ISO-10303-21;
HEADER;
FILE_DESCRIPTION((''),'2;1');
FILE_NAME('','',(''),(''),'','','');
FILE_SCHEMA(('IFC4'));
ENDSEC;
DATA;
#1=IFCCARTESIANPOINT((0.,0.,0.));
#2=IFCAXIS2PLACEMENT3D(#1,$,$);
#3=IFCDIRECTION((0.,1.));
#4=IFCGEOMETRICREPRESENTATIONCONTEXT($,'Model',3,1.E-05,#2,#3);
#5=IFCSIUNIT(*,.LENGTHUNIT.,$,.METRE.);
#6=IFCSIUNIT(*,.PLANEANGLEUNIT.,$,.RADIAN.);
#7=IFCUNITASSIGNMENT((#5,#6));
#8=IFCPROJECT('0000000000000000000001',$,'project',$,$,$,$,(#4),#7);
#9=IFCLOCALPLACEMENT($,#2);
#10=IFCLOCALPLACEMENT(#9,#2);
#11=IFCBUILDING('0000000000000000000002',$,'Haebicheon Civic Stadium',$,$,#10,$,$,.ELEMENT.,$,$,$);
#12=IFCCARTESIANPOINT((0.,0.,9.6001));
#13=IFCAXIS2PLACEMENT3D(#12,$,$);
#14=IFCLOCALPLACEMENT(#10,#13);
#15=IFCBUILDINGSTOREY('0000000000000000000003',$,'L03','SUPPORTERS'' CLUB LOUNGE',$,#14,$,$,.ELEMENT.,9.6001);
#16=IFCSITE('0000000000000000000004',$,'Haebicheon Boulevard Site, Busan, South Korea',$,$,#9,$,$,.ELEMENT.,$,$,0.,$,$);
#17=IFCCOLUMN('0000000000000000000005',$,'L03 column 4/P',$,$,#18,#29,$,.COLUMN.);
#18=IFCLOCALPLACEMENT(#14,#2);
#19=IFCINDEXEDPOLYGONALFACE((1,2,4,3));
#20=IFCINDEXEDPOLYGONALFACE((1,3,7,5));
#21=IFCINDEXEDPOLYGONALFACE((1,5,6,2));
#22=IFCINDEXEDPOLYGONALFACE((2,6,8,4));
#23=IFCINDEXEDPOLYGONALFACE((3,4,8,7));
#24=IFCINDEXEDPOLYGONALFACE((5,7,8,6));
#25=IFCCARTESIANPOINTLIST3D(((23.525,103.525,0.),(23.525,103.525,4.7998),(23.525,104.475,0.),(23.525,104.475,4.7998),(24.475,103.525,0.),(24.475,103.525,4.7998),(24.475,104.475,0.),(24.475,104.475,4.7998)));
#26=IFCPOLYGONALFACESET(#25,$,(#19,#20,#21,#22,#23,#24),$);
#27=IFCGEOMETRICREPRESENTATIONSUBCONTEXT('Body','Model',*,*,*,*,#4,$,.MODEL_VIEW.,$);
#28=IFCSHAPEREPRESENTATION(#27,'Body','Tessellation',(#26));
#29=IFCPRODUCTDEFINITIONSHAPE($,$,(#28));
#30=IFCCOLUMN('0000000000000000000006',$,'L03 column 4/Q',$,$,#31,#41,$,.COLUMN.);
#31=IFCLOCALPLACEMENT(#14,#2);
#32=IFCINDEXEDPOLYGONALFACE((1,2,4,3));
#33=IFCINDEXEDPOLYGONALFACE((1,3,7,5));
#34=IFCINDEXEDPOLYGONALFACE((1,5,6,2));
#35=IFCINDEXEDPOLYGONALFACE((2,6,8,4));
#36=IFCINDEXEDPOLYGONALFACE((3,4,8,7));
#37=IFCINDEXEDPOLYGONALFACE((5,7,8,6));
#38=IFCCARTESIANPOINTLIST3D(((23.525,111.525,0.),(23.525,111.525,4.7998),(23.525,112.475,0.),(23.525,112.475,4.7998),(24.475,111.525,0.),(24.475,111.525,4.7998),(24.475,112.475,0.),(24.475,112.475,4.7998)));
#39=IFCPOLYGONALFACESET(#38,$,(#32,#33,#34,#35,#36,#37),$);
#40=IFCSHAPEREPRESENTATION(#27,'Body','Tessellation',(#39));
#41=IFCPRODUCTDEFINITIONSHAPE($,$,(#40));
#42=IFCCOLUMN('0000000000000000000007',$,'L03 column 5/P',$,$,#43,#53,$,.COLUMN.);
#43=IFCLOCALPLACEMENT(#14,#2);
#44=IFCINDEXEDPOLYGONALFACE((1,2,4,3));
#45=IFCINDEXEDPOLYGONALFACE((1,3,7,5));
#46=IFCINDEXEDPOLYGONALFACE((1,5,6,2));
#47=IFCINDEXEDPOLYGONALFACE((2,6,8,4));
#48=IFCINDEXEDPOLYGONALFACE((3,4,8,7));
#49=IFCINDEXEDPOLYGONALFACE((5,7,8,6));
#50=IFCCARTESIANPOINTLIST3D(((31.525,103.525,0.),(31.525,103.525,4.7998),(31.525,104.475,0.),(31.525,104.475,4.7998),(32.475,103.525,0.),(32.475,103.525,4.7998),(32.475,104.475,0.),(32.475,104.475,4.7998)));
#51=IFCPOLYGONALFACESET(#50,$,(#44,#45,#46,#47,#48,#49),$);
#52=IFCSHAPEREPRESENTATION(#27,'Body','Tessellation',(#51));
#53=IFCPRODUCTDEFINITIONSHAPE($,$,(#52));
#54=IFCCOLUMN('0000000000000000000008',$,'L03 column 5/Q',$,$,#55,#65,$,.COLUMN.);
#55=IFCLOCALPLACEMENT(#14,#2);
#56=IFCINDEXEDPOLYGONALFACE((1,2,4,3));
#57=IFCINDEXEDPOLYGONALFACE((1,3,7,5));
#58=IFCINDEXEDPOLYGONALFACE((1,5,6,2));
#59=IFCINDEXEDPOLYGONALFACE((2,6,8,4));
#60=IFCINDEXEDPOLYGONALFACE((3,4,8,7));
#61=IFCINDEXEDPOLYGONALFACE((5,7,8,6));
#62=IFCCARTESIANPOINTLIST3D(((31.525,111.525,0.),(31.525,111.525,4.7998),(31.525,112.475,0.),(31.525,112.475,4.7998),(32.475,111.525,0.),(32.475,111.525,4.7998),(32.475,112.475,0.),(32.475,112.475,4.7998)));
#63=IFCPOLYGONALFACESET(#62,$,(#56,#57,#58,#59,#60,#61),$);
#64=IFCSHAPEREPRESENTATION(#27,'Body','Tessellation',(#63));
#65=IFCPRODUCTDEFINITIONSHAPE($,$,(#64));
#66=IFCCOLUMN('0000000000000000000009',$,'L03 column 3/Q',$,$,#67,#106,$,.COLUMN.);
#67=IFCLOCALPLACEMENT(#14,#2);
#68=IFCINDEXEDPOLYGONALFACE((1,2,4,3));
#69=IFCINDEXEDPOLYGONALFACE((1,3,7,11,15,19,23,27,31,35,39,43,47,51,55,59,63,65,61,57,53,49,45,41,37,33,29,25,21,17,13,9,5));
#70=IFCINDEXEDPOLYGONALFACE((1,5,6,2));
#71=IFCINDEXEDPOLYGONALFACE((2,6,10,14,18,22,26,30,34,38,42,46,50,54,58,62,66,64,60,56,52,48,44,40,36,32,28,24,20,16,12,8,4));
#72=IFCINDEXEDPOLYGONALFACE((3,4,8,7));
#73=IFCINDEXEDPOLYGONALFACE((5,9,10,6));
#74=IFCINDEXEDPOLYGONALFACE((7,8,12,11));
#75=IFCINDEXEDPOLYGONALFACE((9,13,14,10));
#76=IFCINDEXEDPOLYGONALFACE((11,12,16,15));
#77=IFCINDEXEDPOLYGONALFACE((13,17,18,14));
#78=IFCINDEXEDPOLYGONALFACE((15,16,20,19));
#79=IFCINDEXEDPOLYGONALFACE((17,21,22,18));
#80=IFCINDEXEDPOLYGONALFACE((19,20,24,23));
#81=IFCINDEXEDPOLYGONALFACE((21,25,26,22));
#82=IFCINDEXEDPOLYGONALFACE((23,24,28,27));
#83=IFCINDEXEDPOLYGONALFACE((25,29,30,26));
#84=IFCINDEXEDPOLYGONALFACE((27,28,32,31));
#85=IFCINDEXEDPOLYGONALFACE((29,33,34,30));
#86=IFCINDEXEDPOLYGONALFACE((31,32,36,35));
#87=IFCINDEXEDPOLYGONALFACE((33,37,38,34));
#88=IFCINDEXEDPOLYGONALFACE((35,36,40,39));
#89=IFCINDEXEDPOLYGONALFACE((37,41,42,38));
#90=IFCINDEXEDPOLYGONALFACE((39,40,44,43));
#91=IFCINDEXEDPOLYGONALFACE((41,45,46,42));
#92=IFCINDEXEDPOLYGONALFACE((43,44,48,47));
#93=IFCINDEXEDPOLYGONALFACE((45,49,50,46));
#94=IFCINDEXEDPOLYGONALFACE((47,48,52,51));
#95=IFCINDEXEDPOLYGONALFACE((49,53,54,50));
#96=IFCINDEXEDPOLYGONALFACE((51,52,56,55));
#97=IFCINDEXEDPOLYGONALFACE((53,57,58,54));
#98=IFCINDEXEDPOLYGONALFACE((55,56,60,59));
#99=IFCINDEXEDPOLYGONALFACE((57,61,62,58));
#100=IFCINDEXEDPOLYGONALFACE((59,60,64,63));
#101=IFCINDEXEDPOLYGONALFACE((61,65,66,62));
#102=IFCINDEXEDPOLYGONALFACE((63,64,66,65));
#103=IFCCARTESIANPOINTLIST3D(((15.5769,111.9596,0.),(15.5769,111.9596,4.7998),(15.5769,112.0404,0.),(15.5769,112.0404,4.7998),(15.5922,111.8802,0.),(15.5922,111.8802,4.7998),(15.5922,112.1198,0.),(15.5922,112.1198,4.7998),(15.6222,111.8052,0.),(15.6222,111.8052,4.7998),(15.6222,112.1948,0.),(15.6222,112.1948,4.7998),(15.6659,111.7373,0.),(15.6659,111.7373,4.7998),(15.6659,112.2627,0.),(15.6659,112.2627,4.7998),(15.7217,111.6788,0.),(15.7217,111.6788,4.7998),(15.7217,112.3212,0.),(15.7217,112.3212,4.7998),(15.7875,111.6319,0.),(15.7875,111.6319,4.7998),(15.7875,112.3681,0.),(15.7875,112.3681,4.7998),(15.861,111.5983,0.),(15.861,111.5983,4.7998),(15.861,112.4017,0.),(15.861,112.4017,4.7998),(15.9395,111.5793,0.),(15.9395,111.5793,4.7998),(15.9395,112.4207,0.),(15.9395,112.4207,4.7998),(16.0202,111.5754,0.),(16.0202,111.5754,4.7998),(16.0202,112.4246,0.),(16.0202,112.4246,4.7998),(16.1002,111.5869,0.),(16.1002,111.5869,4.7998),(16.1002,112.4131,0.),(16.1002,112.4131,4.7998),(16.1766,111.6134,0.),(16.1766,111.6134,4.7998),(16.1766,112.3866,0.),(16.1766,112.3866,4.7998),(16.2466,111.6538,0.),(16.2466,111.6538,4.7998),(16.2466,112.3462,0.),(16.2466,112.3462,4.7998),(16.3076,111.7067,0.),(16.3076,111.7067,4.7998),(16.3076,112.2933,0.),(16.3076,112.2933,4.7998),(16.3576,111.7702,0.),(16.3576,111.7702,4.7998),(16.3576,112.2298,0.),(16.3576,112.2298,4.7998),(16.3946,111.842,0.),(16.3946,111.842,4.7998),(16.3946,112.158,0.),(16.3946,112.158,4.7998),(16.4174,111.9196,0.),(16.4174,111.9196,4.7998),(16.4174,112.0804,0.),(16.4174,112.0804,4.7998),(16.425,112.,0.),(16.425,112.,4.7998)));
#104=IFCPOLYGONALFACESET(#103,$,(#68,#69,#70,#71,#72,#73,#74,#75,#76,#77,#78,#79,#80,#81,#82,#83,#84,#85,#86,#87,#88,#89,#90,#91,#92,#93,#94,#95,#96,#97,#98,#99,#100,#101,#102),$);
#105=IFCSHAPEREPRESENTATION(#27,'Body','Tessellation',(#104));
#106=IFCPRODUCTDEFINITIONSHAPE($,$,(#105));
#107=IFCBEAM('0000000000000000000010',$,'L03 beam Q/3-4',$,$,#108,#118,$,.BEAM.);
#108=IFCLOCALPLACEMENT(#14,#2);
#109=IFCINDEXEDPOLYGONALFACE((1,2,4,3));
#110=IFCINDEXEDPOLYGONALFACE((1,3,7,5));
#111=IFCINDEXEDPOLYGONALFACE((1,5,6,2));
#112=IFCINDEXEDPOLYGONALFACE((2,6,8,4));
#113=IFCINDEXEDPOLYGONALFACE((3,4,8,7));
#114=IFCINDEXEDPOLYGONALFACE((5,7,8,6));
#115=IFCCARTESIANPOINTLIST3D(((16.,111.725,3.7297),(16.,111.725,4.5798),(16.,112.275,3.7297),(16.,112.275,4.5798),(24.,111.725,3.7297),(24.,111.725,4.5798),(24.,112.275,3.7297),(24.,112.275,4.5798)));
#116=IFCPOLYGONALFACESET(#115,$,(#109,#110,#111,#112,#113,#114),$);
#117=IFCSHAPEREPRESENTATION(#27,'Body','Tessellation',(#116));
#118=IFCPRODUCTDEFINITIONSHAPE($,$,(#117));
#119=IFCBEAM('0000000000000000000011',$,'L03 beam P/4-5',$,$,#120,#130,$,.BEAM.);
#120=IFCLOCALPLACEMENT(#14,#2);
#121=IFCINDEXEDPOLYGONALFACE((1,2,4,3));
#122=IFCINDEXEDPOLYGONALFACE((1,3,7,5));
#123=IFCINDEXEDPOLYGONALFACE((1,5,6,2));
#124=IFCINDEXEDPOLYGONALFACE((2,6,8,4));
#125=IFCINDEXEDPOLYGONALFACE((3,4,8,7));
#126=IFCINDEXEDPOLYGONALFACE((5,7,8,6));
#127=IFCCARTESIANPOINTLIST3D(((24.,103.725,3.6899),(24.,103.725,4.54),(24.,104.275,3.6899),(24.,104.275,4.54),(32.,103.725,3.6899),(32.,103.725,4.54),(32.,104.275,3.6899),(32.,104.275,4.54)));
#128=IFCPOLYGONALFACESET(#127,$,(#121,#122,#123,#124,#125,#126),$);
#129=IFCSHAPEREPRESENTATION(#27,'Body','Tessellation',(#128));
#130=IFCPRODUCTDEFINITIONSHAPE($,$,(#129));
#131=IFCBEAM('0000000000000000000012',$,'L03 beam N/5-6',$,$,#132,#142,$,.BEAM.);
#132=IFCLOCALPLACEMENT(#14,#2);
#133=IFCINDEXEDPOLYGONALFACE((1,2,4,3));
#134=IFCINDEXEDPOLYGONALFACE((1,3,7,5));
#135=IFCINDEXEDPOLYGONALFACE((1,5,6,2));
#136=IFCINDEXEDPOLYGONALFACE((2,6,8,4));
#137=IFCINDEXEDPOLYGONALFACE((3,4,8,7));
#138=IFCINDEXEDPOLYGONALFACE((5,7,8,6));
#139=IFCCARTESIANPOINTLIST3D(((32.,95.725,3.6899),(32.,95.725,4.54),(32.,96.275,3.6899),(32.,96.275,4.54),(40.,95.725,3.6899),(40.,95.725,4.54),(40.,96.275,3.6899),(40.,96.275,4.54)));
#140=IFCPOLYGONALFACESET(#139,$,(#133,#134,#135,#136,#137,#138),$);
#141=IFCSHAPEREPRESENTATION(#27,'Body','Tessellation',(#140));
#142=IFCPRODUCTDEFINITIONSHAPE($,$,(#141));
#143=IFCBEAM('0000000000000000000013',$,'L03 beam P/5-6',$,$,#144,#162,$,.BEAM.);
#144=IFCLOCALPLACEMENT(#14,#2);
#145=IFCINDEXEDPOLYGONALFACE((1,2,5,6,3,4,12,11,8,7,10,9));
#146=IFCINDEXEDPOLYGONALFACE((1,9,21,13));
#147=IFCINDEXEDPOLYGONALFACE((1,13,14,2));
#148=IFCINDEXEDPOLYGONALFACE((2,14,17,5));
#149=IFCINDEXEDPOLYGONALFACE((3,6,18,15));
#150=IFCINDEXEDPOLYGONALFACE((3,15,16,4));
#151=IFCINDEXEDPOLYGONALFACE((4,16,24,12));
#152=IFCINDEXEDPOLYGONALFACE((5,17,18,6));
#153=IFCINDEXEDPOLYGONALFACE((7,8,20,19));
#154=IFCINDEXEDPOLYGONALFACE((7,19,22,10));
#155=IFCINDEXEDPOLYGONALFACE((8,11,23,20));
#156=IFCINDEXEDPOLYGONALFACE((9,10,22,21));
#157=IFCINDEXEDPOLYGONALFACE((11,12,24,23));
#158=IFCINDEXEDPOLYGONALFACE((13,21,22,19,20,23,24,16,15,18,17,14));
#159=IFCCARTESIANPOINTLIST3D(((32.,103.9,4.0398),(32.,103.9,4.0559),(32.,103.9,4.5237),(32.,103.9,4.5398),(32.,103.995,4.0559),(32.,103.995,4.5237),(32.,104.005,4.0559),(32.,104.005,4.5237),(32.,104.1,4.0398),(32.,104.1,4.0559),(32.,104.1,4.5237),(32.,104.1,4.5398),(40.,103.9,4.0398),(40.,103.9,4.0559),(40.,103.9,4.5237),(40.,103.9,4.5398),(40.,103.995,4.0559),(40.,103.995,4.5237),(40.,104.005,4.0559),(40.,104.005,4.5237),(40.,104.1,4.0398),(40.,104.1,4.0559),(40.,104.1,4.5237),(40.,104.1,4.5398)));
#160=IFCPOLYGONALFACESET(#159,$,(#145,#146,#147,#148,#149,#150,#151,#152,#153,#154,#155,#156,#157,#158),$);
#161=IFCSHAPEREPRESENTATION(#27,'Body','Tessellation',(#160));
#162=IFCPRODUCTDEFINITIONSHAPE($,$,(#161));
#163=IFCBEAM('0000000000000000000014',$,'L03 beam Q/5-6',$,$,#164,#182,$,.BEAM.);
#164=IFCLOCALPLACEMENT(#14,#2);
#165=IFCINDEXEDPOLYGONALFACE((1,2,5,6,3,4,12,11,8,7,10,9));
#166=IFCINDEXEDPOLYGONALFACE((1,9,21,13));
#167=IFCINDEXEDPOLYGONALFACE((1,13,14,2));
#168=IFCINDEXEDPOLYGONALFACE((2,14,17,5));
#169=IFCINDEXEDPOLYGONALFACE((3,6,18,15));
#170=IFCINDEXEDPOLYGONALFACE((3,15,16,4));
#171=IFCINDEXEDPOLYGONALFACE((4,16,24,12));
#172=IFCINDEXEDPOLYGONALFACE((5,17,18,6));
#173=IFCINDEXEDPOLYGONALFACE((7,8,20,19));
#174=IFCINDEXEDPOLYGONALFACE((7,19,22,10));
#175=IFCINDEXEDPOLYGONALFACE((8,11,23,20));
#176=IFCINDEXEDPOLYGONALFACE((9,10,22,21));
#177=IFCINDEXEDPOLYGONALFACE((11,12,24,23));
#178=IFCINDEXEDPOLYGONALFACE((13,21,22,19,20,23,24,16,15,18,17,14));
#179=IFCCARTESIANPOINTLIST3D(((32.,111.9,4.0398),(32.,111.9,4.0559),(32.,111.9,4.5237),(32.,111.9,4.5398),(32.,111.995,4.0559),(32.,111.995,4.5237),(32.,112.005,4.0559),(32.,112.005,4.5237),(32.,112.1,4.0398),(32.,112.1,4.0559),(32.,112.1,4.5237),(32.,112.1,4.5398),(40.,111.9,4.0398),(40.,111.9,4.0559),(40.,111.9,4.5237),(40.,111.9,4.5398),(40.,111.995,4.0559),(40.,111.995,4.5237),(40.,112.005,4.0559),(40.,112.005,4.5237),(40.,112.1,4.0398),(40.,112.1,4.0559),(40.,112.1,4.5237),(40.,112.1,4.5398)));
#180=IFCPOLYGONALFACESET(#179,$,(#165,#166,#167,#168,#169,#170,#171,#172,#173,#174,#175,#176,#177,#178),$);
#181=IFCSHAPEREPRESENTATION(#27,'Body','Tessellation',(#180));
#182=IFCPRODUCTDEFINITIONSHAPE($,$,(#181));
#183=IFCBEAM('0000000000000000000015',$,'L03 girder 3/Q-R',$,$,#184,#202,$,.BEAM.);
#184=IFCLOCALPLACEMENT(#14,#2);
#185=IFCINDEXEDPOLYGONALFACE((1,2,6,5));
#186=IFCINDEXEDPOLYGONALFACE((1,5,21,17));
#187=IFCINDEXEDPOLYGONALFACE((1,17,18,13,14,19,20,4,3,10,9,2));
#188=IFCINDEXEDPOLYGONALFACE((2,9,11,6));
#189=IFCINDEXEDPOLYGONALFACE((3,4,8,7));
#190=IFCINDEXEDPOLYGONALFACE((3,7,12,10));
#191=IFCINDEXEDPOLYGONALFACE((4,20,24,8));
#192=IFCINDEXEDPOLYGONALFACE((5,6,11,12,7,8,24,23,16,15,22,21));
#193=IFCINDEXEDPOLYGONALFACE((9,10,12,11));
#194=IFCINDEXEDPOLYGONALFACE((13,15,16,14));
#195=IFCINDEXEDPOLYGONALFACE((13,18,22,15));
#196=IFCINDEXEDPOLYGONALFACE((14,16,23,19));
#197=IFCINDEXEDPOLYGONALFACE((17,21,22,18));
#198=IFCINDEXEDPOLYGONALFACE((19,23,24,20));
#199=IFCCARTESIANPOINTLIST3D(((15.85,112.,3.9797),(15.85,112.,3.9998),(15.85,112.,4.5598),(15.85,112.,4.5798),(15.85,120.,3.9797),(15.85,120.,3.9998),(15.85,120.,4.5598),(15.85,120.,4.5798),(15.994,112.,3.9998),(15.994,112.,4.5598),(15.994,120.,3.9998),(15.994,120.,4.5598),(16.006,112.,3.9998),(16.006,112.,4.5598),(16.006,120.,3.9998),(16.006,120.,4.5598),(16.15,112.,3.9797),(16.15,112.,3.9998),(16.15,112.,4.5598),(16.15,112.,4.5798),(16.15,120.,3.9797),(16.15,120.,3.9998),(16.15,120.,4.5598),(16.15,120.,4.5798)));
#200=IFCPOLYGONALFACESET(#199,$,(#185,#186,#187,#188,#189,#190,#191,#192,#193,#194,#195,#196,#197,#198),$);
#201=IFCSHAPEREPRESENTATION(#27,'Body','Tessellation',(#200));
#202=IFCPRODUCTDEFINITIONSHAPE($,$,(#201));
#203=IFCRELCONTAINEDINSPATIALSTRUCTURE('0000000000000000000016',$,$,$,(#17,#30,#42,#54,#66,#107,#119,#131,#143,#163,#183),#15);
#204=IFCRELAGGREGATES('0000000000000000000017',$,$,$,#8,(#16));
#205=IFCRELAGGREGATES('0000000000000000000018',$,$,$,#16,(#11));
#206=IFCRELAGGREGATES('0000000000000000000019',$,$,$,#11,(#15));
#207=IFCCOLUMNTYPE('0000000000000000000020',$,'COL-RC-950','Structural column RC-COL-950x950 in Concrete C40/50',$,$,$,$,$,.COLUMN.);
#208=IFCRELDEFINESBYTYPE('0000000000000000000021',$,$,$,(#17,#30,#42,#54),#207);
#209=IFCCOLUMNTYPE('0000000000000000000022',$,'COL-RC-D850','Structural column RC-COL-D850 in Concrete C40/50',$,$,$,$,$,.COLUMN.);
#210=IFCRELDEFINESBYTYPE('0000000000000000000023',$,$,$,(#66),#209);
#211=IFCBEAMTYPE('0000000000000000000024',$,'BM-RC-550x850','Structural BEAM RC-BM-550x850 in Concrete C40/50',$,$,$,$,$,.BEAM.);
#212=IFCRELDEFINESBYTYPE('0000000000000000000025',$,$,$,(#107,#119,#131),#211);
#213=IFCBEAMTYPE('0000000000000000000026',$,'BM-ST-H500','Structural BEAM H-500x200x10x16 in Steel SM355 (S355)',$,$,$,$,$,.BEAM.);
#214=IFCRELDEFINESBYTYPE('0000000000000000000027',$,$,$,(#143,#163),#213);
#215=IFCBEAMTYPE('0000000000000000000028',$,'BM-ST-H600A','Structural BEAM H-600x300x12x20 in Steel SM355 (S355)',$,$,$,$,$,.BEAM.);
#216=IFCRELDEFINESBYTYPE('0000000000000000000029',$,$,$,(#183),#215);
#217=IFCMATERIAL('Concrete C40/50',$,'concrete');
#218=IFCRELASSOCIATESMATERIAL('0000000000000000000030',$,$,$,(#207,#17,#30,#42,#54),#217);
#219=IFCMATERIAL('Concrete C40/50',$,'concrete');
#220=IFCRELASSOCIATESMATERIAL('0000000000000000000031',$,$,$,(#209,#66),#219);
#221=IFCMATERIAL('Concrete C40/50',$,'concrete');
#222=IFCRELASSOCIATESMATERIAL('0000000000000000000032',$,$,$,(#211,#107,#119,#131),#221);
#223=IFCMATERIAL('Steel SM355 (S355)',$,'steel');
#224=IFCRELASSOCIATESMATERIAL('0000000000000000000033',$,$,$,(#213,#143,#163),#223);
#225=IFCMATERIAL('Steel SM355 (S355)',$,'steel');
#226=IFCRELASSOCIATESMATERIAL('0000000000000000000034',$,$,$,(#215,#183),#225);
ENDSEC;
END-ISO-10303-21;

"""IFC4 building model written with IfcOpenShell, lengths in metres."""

from ifc_helpers import new_model, si_unit, direction, frame, origin, origin_2d, place, context, subcontext, project, spatial, rectangle, circle, i_section, extrude, material, material_profile, profile_set, type_object, element, save


model = new_model("IFC4")

# Units and contexts
model_context = context("Model", 3, precision=1e-05, world=origin(), true_north=direction((0.0, 1.0)))
body_context = subcontext(model_context, "Body", "Model", "MODEL_VIEW")
ifc_project = project(units=[si_unit("LENGTHUNIT", "METRE"), si_unit("PLANEANGLEUNIT", "RADIAN")], contexts=[model_context])

# Site, building, storey
site_placement = place(None, origin())
site = spatial("IfcSite", under=ifc_project, at=site_placement, Name="Haebicheon Boulevard Site, Busan, South Korea", CompositionType="ELEMENT", RefElevation=0.0)
building_placement = place(site_placement, origin())
building = spatial("IfcBuilding", under=site, at=building_placement, Name="Haebicheon Civic Stadium", CompositionType="ELEMENT")
storey_placement = place(building_placement, frame((0.0, 0.0, 9.6001)))
storey = spatial("IfcBuildingStorey", under=building, at=storey_placement, Name="L03", Description="SUPPORTERS' CLUB LOUNGE", CompositionType="ELEMENT", Elevation=9.6001)

# Columns
ifc_material_1 = material(Name="Concrete C40/50", Category="concrete")
ifc_material_profile_1 = material_profile(ifc_material_1, rectangle(XDim=0.95, YDim=0.95, at=origin_2d()), Name="RC-COL-950x950")
ifc_profile_set_1 = profile_set([ifc_material_profile_1], Name="Concrete C40/50")
column_type_1 = type_object("IfcColumnType", Name="COL-RC-950", Description="Structural column RC-COL-950x950 in Concrete C40/50", PredefinedType="COLUMN", material=ifc_profile_set_1)
for number, where, z_axis, x_axis, name in (
    (1, (24.0, 104.0, 0.0), (0.0, 0.0, 1.0), (1.0, 0.0, 0.0), "L03 column 4/P"),
    (2, (24.0, 112.0, 0.0), (0.0, 0.0, 1.0), (1.0, 0.0, 0.0), "L03 column 4/Q"),
    (3, (32.0, 104.0, 0.0), (0.0, 0.0, 1.0), (1.0, 0.0, 0.0), "L03 column 5/P"),
    (4, (32.0, 112.0, 0.0), (0.0, 0.0, 1.0), (1.0, 0.0, 0.0), "L03 column 5/Q"),
):
    element("IfcColumn", number, at=place(storey_placement, frame(where, z_axis=z_axis, x_axis=x_axis)), inside=storey, type_object=column_type_1, material=ifc_profile_set_1, Name=name, PredefinedType="COLUMN", context=body_context, shape_type="SweptSolid", body=[
        extrude(rectangle(XDim=0.95, YDim=0.95, at=origin_2d()), origin(), (0.0, 0.0, 1.0), 4.7998),
    ])
ifc_material_2 = material(Name="Concrete C40/50", Category="concrete")
ifc_material_profile_2 = material_profile(ifc_material_2, circle(Radius=0.425, at=origin_2d()), Name="RC-COL-D850")
ifc_profile_set_2 = profile_set([ifc_material_profile_2], Name="Concrete C40/50")
column_type_2 = type_object("IfcColumnType", Name="COL-RC-D850", Description="Structural column RC-COL-D850 in Concrete C40/50", PredefinedType="COLUMN", material=ifc_profile_set_2)
column_placement = place(storey_placement, frame((16.0, 112.0, 0.0), z_axis=(0.0, 0.0, 1.0), x_axis=(1.0, 0.0, 0.0)))
element("IfcColumn", 5, at=column_placement, inside=storey, type_object=column_type_2, material=ifc_profile_set_2, Name="L03 column 3/Q", PredefinedType="COLUMN", context=body_context, shape_type="SweptSolid", body=[
    extrude(circle(Radius=0.425, at=origin_2d()), origin(), (0.0, 0.0, 1.0), 4.7998),
])

# Beams
ifc_material_3 = material(Name="Concrete C40/50", Category="concrete")
ifc_material_profile_3 = material_profile(ifc_material_3, rectangle(XDim=0.55, YDim=0.8501, at=origin_2d()), Name="RC-BM-550x850")
ifc_profile_set_3 = profile_set([ifc_material_profile_3], Name="Concrete C40/50")
beam_type_1 = type_object("IfcBeamType", Name="BM-RC-550x850", Description="Structural BEAM RC-BM-550x850 in Concrete C40/50", PredefinedType="BEAM", material=ifc_profile_set_3)
for number, where, z_axis, x_axis, name in (
    (6, (16.0, 112.0, 4.1548), (1.0, 0.0, 0.0), (0.0, 1.0, 0.0), "L03 beam Q/3-4"),
    (7, (24.0, 104.0, 4.115), (1.0, 0.0, 0.0), (0.0, 1.0, 0.0), "L03 beam P/4-5"),
    (8, (32.0, 96.0, 4.115), (1.0, 0.0, 0.0), (0.0, 1.0, 0.0), "L03 beam N/5-6"),
):
    element("IfcBeam", number, at=place(storey_placement, frame(where, z_axis=z_axis, x_axis=x_axis)), inside=storey, type_object=beam_type_1, material=ifc_profile_set_3, Name=name, PredefinedType="BEAM", context=body_context, shape_type="SweptSolid", body=[
        extrude(rectangle(XDim=0.55, YDim=0.8501, at=origin_2d()), origin(), (0.0, 0.0, 1.0), 8.0),
    ])
ifc_material_4 = material(Name="Steel SM355 (S355)", Category="steel")
ifc_material_profile_4 = material_profile(ifc_material_4, i_section(OverallWidth=0.2, OverallDepth=0.5, WebThickness=0.01, FlangeThickness=0.0161, at=origin_2d()), Name="H-500x200x10x16")
ifc_profile_set_4 = profile_set([ifc_material_profile_4], Name="Steel SM355 (S355)")
beam_type_2 = type_object("IfcBeamType", Name="BM-ST-H500", Description="Structural BEAM H-500x200x10x16 in Steel SM355 (S355)", PredefinedType="BEAM", material=ifc_profile_set_4)
for number, where, z_axis, x_axis, name in (
    (9, (32.0, 104.0, 4.2898), (1.0, 0.0, 0.0), (0.0, 1.0, 0.0), "L03 beam P/5-6"),
    (10, (32.0, 112.0, 4.2898), (1.0, 0.0, 0.0), (0.0, 1.0, 0.0), "L03 beam Q/5-6"),
):
    element("IfcBeam", number, at=place(storey_placement, frame(where, z_axis=z_axis, x_axis=x_axis)), inside=storey, type_object=beam_type_2, material=ifc_profile_set_4, Name=name, PredefinedType="BEAM", context=body_context, shape_type="SweptSolid", body=[
        extrude(i_section(OverallWidth=0.2, OverallDepth=0.5, WebThickness=0.01, FlangeThickness=0.0161, at=origin_2d()), origin(), (0.0, 0.0, 1.0), 8.0),
    ])
ifc_material_5 = material(Name="Steel SM355 (S355)", Category="steel")
ifc_material_profile_5 = material_profile(ifc_material_5, i_section(OverallWidth=0.3, OverallDepth=0.6001, WebThickness=0.012, FlangeThickness=0.02, at=origin_2d()), Name="H-600x300x12x20")
ifc_profile_set_5 = profile_set([ifc_material_profile_5], Name="Steel SM355 (S355)")
beam_type_3 = type_object("IfcBeamType", Name="BM-ST-H600A", Description="Structural BEAM H-600x300x12x20 in Steel SM355 (S355)", PredefinedType="BEAM", material=ifc_profile_set_5)
for number, where, z_axis, x_axis, name in (
    (11, (16.0, 112.0, 4.2798), (0.0, 1.0, 0.0), (-1.0, 0.0, 0.0), "L03 girder 3/Q-R"),
):
    element("IfcBeam", number, at=place(storey_placement, frame(where, z_axis=z_axis, x_axis=x_axis)), inside=storey, type_object=beam_type_3, material=ifc_profile_set_5, Name=name, PredefinedType="BEAM", context=body_context, shape_type="SweptSolid", body=[
        extrude(i_section(OverallWidth=0.3, OverallDepth=0.6001, WebThickness=0.012, FlangeThickness=0.02, at=origin_2d()), origin(), (0.0, 0.0, 1.0), 8.0),
    ])

save(model, "model.ifc")
